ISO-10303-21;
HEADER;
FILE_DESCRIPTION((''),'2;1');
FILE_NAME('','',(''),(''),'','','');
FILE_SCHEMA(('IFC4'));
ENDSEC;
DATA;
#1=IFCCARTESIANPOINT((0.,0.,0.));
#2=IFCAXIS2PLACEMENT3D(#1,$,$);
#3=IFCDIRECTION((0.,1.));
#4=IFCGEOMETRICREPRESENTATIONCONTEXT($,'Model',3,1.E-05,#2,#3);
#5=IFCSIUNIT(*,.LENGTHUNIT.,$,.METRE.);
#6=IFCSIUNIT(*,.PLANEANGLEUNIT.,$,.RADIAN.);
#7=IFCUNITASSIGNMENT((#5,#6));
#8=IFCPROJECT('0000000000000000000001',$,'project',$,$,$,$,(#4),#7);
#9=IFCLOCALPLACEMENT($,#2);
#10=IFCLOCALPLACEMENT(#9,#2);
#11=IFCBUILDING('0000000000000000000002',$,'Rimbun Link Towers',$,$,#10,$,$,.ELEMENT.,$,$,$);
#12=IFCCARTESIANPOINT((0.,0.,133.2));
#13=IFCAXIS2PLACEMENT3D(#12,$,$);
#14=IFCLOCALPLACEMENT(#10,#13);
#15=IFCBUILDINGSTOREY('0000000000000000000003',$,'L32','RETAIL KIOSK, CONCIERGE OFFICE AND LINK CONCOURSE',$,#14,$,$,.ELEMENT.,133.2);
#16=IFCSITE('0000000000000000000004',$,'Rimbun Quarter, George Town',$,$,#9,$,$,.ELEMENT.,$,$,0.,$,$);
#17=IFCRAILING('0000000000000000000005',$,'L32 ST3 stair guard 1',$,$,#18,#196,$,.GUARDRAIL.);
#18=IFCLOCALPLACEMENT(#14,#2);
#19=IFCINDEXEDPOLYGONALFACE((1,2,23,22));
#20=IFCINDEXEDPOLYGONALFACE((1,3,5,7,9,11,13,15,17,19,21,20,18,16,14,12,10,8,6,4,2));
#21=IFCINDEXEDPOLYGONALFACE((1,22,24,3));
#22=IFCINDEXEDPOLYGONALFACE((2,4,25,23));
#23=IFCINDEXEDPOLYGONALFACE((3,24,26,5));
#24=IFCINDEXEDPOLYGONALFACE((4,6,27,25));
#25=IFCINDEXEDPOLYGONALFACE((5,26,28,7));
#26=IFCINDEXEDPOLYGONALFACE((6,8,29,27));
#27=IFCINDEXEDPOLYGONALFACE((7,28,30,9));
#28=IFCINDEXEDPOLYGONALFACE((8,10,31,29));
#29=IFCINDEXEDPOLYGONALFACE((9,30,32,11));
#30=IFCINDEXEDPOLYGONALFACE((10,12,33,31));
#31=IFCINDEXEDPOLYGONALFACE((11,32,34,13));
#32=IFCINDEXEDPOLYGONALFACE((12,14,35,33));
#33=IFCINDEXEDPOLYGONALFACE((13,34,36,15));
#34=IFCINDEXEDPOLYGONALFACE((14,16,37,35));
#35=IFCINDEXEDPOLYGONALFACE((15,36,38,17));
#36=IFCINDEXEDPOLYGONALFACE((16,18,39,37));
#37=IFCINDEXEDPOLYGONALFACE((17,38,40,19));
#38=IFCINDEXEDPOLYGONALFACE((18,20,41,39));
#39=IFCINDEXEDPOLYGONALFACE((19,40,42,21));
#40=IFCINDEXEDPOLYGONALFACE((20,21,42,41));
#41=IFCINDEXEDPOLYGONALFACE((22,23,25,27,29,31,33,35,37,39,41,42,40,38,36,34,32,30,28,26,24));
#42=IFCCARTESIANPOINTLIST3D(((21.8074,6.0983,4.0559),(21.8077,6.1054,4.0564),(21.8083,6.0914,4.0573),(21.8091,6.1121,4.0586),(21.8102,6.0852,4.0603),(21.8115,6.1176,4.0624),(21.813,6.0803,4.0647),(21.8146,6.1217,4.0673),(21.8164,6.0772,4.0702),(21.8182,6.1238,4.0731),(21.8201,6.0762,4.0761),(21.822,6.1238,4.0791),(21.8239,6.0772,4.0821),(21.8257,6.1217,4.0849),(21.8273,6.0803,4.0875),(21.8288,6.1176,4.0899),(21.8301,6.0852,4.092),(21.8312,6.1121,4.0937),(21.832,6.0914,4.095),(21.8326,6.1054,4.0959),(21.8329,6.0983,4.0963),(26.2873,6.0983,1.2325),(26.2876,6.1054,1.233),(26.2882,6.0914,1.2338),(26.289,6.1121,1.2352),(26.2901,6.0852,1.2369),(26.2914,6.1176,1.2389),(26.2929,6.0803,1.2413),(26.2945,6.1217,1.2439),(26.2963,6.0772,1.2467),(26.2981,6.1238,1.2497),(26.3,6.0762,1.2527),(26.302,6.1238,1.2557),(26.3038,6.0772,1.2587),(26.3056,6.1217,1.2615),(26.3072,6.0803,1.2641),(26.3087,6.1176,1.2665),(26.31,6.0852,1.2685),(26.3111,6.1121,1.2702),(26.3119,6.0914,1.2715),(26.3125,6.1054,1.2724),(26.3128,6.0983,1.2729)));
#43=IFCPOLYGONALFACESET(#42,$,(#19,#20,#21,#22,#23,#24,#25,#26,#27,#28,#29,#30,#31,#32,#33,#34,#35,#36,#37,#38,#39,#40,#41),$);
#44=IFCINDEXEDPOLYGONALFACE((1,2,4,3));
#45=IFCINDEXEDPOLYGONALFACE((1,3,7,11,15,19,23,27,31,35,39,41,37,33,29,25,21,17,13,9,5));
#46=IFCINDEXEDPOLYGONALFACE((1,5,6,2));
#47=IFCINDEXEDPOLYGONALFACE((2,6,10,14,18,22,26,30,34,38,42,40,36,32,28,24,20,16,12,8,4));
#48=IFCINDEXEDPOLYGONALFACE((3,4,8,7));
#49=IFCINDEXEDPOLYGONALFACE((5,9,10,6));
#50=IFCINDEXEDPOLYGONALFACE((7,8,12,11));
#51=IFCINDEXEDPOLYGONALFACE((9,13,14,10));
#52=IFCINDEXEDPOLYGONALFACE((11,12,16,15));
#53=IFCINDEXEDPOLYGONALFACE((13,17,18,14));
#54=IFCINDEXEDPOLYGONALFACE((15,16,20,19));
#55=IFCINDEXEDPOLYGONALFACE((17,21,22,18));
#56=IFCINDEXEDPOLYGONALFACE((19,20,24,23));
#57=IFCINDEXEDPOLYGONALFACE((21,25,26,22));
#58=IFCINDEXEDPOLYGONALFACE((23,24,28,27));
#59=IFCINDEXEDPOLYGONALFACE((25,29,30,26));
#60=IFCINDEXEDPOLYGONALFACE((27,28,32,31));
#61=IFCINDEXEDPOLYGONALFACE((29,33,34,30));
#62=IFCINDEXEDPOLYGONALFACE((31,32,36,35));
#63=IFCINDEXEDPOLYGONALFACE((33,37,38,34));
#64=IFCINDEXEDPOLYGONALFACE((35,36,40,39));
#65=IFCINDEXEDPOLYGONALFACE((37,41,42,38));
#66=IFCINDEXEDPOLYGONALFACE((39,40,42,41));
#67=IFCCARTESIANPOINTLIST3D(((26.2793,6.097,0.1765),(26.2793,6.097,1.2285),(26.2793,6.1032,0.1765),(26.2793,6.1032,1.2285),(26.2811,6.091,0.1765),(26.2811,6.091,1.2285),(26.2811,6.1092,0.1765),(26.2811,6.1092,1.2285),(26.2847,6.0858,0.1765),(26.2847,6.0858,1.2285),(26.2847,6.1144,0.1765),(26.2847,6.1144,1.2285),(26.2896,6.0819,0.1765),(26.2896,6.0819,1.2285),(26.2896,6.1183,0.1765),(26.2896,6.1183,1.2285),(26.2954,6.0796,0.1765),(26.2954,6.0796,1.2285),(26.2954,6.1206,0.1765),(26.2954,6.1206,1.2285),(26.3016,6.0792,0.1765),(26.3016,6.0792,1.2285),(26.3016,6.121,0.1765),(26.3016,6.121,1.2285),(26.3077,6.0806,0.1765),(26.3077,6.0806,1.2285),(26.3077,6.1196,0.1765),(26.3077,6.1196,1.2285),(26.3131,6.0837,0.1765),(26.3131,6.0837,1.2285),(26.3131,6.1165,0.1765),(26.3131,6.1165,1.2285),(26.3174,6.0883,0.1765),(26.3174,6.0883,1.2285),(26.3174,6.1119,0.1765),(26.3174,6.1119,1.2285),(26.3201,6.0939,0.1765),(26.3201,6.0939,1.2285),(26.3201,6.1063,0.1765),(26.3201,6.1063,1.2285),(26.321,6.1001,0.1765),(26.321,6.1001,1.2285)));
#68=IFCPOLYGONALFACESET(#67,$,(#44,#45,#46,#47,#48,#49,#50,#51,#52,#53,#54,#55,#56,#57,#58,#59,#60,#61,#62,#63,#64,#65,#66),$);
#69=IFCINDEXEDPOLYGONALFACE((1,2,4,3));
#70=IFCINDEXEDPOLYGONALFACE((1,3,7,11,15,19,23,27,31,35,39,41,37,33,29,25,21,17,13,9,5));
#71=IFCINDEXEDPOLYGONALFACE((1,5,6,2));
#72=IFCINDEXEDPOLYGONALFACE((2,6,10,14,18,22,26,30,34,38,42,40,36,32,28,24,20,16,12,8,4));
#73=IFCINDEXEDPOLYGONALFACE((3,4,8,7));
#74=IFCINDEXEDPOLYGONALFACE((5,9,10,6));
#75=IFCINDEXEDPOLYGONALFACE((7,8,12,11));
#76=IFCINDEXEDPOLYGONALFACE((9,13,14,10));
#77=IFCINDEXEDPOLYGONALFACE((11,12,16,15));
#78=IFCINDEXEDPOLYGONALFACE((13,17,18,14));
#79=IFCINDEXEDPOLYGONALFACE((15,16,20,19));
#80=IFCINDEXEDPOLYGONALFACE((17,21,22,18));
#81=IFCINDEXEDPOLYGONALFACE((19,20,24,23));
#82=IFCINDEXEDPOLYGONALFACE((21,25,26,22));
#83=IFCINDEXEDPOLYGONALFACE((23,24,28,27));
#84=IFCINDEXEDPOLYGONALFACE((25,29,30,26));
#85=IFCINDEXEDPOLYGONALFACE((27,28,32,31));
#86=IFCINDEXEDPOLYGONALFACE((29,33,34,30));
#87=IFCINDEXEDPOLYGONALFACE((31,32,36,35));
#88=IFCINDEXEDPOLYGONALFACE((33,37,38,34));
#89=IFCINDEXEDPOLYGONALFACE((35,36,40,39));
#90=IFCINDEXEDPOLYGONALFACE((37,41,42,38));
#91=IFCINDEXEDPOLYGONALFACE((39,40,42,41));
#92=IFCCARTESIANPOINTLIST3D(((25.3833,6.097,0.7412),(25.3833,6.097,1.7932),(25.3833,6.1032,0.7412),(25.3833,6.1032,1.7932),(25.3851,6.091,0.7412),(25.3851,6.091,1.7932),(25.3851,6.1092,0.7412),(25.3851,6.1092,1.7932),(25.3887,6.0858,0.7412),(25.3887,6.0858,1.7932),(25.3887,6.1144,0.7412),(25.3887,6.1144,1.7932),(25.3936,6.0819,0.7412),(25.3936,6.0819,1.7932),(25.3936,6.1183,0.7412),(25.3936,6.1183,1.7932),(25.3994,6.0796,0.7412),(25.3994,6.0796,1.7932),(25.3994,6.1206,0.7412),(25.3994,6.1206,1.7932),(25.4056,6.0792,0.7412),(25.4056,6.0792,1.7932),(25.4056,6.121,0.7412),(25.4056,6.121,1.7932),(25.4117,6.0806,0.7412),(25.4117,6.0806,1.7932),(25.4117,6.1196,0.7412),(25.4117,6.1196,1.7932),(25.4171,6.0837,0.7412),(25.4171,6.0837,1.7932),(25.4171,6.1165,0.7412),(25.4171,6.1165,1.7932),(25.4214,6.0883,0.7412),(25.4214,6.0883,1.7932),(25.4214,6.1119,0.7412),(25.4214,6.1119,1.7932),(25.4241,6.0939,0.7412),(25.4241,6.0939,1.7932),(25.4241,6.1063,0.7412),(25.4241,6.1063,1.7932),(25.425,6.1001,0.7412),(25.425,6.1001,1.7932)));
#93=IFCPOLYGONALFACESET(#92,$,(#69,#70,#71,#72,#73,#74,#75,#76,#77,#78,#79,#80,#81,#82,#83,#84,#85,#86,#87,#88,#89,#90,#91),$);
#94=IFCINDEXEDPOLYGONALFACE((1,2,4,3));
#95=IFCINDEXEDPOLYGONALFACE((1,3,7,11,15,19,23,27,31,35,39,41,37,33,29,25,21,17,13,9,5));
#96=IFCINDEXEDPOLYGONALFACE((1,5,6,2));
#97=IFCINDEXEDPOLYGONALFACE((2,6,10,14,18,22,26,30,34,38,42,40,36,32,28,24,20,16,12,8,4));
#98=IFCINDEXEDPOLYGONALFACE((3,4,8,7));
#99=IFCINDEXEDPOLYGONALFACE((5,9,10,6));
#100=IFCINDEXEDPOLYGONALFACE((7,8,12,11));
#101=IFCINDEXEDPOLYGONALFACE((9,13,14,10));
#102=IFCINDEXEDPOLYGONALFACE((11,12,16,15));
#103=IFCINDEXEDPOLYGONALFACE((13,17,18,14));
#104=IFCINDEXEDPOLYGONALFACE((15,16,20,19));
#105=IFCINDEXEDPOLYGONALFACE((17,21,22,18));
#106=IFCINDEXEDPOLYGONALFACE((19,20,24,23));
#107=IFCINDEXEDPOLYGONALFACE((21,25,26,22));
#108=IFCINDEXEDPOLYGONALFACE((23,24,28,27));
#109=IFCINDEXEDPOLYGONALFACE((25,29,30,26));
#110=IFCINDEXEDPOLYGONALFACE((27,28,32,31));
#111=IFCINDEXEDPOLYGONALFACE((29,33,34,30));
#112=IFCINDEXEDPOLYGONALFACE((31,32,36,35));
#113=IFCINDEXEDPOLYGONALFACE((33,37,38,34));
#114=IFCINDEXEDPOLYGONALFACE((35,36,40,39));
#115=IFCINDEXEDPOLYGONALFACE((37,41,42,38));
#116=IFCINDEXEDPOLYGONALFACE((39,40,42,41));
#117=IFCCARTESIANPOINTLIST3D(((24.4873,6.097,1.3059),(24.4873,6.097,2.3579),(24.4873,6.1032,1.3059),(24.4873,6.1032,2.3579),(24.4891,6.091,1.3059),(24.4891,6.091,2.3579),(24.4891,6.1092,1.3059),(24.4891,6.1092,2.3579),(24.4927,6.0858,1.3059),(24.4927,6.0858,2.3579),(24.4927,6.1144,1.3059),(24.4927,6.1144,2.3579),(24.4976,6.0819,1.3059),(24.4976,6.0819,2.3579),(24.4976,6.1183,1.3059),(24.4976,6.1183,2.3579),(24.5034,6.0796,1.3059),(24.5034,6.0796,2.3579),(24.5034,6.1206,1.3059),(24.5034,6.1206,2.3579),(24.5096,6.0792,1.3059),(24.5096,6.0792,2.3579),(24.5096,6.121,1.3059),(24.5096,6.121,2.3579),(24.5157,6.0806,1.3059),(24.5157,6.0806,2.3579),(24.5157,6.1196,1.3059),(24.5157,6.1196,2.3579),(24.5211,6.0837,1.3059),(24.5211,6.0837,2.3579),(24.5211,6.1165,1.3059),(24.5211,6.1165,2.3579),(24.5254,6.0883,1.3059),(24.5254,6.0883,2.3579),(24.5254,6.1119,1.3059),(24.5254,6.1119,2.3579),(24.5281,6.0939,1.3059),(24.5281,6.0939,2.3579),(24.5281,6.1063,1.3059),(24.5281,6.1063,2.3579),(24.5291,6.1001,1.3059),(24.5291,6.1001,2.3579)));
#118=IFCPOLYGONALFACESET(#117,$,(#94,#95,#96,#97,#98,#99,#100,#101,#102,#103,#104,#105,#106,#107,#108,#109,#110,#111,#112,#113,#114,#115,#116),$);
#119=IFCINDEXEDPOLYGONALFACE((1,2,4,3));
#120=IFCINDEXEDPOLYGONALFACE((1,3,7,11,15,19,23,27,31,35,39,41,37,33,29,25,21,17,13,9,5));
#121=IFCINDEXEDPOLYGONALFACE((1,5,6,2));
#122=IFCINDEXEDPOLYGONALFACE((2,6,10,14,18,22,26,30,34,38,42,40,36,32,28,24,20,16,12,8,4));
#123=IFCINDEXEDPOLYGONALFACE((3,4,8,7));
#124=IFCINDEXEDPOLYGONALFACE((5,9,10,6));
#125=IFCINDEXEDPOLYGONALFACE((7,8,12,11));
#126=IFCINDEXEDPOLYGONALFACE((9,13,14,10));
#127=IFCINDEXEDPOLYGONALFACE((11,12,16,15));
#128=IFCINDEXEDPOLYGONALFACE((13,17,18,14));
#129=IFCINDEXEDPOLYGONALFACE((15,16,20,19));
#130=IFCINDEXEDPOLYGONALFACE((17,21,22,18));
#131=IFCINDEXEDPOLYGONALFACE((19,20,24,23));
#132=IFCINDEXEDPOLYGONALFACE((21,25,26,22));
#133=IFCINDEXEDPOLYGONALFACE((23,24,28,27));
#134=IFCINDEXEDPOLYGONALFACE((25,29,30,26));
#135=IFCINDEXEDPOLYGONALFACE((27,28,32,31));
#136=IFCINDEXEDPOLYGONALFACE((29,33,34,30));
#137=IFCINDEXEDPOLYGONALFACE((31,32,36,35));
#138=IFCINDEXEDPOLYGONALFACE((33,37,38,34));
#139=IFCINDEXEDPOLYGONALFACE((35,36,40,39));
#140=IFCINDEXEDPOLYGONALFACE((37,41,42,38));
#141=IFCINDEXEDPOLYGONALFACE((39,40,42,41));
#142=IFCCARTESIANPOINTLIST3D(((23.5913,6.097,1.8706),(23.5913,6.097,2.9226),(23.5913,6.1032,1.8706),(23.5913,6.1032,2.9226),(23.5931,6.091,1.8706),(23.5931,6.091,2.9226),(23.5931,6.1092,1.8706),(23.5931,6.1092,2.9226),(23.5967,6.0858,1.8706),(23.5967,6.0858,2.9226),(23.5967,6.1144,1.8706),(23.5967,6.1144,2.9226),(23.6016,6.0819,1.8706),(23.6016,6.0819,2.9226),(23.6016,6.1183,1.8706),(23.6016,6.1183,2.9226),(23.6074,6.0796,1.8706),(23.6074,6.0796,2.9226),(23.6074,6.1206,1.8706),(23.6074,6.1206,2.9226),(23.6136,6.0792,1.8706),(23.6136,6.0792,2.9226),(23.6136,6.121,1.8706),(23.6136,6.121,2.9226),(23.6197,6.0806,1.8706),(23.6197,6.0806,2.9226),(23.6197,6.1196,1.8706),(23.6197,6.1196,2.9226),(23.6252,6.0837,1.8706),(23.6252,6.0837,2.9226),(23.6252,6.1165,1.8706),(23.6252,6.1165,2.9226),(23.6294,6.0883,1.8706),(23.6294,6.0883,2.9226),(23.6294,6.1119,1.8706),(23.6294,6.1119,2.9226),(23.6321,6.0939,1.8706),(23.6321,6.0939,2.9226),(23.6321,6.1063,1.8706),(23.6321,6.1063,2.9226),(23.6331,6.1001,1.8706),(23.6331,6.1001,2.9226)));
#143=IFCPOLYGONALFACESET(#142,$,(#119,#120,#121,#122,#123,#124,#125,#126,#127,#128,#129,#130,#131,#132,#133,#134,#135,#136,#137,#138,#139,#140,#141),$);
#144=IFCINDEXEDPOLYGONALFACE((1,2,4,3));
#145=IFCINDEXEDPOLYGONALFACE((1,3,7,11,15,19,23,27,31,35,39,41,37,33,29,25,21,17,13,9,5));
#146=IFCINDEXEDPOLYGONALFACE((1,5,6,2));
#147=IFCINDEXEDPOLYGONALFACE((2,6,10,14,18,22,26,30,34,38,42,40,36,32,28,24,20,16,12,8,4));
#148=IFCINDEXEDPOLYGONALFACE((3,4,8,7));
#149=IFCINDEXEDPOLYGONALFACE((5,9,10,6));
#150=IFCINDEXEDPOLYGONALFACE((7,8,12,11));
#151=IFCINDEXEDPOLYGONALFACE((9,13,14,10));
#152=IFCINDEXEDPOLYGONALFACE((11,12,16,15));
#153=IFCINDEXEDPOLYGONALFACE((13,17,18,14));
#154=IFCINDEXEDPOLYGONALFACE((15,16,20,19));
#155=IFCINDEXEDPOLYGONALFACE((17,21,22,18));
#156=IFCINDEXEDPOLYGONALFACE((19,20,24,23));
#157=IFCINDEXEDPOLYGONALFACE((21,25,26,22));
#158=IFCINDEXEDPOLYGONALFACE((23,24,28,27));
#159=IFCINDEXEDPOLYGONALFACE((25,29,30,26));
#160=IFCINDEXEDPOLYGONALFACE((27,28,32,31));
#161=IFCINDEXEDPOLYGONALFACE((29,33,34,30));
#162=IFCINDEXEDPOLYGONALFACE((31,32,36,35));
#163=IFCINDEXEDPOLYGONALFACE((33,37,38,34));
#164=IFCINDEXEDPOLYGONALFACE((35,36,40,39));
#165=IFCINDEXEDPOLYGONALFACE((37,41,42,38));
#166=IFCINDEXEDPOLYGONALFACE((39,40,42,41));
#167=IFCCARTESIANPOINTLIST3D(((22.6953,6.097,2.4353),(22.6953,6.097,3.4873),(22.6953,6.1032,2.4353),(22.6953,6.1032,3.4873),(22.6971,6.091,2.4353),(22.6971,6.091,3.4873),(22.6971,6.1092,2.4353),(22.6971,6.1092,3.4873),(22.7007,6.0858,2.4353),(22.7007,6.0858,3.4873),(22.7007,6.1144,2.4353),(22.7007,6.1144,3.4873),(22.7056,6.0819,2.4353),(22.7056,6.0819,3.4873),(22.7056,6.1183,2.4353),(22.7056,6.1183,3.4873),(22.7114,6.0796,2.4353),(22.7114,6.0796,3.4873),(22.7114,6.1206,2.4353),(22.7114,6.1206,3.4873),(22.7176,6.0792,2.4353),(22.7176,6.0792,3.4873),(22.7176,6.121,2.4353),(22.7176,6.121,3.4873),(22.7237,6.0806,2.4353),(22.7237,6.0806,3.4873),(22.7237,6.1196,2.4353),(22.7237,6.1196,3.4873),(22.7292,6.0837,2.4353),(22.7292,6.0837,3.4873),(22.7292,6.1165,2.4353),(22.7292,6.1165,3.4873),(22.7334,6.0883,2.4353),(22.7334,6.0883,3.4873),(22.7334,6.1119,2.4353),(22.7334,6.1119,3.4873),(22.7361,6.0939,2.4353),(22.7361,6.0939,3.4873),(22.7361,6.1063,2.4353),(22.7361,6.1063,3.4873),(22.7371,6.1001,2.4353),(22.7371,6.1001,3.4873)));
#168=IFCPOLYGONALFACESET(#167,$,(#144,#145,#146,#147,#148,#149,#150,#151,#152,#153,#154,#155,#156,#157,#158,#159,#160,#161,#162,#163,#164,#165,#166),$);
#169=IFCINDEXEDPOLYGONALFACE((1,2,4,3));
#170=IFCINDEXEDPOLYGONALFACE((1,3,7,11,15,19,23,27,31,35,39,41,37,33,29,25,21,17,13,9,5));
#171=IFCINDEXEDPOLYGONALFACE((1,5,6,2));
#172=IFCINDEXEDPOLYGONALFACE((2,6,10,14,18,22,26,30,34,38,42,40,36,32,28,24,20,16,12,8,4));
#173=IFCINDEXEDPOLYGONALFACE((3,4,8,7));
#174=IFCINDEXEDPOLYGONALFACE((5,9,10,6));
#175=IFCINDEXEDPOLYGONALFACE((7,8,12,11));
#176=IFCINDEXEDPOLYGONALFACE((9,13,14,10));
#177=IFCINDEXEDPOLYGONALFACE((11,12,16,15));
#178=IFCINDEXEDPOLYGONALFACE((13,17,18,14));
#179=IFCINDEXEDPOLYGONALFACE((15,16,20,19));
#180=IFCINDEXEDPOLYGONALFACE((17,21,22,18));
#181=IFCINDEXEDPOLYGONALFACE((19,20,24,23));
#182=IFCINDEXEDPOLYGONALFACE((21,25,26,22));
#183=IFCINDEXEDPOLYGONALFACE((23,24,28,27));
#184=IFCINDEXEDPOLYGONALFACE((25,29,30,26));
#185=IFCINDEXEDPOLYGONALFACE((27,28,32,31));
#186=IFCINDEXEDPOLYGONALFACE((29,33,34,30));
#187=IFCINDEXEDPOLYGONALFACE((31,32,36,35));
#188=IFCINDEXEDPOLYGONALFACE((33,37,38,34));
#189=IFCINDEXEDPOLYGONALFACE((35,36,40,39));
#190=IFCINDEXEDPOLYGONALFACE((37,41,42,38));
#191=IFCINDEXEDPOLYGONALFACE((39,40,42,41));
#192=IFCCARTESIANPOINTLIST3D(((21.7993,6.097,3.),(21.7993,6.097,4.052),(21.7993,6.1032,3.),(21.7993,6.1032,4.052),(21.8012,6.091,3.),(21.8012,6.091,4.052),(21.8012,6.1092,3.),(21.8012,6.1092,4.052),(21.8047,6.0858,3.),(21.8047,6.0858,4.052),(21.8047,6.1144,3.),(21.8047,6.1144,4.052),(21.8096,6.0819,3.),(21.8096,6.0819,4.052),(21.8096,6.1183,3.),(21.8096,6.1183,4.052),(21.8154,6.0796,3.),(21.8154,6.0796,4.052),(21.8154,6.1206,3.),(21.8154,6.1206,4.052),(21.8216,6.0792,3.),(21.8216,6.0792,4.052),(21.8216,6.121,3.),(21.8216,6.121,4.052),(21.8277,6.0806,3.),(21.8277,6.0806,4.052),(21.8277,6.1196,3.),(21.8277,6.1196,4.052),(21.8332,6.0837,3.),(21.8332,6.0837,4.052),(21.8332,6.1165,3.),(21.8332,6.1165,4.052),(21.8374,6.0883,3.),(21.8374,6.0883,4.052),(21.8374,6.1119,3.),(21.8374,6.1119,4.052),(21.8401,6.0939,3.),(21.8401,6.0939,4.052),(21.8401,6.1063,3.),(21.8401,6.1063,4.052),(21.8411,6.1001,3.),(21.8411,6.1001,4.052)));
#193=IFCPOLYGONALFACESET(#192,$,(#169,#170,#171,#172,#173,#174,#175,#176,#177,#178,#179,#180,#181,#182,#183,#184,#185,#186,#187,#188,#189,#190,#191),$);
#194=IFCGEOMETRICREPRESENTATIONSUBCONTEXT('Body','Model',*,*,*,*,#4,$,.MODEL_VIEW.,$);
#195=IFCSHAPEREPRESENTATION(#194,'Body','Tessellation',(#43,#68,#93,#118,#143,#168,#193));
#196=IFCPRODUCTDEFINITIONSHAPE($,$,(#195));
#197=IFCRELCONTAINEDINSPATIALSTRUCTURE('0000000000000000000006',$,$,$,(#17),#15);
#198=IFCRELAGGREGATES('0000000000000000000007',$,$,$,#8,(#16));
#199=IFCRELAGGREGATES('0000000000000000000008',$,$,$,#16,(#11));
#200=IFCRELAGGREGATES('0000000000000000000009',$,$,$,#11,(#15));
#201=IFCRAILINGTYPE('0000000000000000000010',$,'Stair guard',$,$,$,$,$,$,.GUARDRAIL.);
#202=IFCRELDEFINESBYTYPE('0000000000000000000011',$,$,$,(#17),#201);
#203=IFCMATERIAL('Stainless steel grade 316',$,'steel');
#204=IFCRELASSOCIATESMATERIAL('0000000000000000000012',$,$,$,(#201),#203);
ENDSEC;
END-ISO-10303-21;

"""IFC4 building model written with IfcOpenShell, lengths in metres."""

from ifc_helpers import new_model, si_unit, direction, frame, origin, origin_2d, place, context, subcontext, project, spatial, circle, extrude, material, type_object, element, save


model = new_model("IFC4")

# Units and contexts
model_context = context("Model", 3, precision=1e-05, world=origin(), true_north=direction((0.0, 1.0)))
body_context = subcontext(model_context, "Body", "Model", "MODEL_VIEW")
ifc_project = project(units=[si_unit("LENGTHUNIT", "METRE"), si_unit("PLANEANGLEUNIT", "RADIAN")], contexts=[model_context])

# Site, building, storey
site_placement = place(None, origin())
site = spatial("IfcSite", under=ifc_project, at=site_placement, Name="Rimbun Quarter, George Town", CompositionType="ELEMENT", RefElevation=0.0)
building_placement = place(site_placement, origin())
building = spatial("IfcBuilding", under=site, at=building_placement, Name="Rimbun Link Towers", CompositionType="ELEMENT")
storey_placement = place(building_placement, frame((0.0, 0.0, 133.2)))
storey = spatial("IfcBuildingStorey", under=building, at=storey_placement, Name="L32", Description="RETAIL KIOSK, CONCIERGE OFFICE AND LINK CONCOURSE", CompositionType="ELEMENT", Elevation=133.2)

# Railing
ifc_material_1 = material(Name="Stainless steel grade 316", Category="steel")
railing_type_1 = type_object("IfcRailingType", Name="Stair guard", PredefinedType="GUARDRAIL", material=ifc_material_1)
railing_1_placement = place(storey_placement, frame((26.3, 6.1001, 0.1765)))
element("IfcRailing", 1, at=railing_1_placement, inside=storey, type_object=railing_type_1, Name="L32 ST3 stair guard 1", PredefinedType="GUARDRAIL", context=body_context, shape_type="SweptSolid", body=[
    extrude(circle(Radius=0.0239, at=origin_2d()), frame((0.0, 0.0, 1.0762), z_axis=(-0.845998, 0.0, 0.533186), x_axis=(0.0, -1.0, 0.0)), (0.0, 0.0, 1.0), 5.2954),
    extrude(circle(Radius=0.021, at=origin_2d()), origin(), (0.0, 0.0, 1.0), 1.052),
    extrude(circle(Radius=0.021, at=origin_2d()), frame((-0.896, 0.0, 0.5647)), (0.0, 0.0, 1.0), 1.052),
    extrude(circle(Radius=0.021, at=origin_2d()), frame((-1.792, 0.0, 1.1294)), (0.0, 0.0, 1.0), 1.052),
    extrude(circle(Radius=0.021, at=origin_2d()), frame((-2.688, 0.0, 1.6941)), (0.0, 0.0, 1.0), 1.052),
    extrude(circle(Radius=0.021, at=origin_2d()), frame((-3.584, 0.0, 2.2588)), (0.0, 0.0, 1.0), 1.052),
    extrude(circle(Radius=0.021, at=origin_2d()), frame((-4.48, 0.0, 2.8235)), (0.0, 0.0, 1.0), 1.052),
])

save(model, "model.ifc")
